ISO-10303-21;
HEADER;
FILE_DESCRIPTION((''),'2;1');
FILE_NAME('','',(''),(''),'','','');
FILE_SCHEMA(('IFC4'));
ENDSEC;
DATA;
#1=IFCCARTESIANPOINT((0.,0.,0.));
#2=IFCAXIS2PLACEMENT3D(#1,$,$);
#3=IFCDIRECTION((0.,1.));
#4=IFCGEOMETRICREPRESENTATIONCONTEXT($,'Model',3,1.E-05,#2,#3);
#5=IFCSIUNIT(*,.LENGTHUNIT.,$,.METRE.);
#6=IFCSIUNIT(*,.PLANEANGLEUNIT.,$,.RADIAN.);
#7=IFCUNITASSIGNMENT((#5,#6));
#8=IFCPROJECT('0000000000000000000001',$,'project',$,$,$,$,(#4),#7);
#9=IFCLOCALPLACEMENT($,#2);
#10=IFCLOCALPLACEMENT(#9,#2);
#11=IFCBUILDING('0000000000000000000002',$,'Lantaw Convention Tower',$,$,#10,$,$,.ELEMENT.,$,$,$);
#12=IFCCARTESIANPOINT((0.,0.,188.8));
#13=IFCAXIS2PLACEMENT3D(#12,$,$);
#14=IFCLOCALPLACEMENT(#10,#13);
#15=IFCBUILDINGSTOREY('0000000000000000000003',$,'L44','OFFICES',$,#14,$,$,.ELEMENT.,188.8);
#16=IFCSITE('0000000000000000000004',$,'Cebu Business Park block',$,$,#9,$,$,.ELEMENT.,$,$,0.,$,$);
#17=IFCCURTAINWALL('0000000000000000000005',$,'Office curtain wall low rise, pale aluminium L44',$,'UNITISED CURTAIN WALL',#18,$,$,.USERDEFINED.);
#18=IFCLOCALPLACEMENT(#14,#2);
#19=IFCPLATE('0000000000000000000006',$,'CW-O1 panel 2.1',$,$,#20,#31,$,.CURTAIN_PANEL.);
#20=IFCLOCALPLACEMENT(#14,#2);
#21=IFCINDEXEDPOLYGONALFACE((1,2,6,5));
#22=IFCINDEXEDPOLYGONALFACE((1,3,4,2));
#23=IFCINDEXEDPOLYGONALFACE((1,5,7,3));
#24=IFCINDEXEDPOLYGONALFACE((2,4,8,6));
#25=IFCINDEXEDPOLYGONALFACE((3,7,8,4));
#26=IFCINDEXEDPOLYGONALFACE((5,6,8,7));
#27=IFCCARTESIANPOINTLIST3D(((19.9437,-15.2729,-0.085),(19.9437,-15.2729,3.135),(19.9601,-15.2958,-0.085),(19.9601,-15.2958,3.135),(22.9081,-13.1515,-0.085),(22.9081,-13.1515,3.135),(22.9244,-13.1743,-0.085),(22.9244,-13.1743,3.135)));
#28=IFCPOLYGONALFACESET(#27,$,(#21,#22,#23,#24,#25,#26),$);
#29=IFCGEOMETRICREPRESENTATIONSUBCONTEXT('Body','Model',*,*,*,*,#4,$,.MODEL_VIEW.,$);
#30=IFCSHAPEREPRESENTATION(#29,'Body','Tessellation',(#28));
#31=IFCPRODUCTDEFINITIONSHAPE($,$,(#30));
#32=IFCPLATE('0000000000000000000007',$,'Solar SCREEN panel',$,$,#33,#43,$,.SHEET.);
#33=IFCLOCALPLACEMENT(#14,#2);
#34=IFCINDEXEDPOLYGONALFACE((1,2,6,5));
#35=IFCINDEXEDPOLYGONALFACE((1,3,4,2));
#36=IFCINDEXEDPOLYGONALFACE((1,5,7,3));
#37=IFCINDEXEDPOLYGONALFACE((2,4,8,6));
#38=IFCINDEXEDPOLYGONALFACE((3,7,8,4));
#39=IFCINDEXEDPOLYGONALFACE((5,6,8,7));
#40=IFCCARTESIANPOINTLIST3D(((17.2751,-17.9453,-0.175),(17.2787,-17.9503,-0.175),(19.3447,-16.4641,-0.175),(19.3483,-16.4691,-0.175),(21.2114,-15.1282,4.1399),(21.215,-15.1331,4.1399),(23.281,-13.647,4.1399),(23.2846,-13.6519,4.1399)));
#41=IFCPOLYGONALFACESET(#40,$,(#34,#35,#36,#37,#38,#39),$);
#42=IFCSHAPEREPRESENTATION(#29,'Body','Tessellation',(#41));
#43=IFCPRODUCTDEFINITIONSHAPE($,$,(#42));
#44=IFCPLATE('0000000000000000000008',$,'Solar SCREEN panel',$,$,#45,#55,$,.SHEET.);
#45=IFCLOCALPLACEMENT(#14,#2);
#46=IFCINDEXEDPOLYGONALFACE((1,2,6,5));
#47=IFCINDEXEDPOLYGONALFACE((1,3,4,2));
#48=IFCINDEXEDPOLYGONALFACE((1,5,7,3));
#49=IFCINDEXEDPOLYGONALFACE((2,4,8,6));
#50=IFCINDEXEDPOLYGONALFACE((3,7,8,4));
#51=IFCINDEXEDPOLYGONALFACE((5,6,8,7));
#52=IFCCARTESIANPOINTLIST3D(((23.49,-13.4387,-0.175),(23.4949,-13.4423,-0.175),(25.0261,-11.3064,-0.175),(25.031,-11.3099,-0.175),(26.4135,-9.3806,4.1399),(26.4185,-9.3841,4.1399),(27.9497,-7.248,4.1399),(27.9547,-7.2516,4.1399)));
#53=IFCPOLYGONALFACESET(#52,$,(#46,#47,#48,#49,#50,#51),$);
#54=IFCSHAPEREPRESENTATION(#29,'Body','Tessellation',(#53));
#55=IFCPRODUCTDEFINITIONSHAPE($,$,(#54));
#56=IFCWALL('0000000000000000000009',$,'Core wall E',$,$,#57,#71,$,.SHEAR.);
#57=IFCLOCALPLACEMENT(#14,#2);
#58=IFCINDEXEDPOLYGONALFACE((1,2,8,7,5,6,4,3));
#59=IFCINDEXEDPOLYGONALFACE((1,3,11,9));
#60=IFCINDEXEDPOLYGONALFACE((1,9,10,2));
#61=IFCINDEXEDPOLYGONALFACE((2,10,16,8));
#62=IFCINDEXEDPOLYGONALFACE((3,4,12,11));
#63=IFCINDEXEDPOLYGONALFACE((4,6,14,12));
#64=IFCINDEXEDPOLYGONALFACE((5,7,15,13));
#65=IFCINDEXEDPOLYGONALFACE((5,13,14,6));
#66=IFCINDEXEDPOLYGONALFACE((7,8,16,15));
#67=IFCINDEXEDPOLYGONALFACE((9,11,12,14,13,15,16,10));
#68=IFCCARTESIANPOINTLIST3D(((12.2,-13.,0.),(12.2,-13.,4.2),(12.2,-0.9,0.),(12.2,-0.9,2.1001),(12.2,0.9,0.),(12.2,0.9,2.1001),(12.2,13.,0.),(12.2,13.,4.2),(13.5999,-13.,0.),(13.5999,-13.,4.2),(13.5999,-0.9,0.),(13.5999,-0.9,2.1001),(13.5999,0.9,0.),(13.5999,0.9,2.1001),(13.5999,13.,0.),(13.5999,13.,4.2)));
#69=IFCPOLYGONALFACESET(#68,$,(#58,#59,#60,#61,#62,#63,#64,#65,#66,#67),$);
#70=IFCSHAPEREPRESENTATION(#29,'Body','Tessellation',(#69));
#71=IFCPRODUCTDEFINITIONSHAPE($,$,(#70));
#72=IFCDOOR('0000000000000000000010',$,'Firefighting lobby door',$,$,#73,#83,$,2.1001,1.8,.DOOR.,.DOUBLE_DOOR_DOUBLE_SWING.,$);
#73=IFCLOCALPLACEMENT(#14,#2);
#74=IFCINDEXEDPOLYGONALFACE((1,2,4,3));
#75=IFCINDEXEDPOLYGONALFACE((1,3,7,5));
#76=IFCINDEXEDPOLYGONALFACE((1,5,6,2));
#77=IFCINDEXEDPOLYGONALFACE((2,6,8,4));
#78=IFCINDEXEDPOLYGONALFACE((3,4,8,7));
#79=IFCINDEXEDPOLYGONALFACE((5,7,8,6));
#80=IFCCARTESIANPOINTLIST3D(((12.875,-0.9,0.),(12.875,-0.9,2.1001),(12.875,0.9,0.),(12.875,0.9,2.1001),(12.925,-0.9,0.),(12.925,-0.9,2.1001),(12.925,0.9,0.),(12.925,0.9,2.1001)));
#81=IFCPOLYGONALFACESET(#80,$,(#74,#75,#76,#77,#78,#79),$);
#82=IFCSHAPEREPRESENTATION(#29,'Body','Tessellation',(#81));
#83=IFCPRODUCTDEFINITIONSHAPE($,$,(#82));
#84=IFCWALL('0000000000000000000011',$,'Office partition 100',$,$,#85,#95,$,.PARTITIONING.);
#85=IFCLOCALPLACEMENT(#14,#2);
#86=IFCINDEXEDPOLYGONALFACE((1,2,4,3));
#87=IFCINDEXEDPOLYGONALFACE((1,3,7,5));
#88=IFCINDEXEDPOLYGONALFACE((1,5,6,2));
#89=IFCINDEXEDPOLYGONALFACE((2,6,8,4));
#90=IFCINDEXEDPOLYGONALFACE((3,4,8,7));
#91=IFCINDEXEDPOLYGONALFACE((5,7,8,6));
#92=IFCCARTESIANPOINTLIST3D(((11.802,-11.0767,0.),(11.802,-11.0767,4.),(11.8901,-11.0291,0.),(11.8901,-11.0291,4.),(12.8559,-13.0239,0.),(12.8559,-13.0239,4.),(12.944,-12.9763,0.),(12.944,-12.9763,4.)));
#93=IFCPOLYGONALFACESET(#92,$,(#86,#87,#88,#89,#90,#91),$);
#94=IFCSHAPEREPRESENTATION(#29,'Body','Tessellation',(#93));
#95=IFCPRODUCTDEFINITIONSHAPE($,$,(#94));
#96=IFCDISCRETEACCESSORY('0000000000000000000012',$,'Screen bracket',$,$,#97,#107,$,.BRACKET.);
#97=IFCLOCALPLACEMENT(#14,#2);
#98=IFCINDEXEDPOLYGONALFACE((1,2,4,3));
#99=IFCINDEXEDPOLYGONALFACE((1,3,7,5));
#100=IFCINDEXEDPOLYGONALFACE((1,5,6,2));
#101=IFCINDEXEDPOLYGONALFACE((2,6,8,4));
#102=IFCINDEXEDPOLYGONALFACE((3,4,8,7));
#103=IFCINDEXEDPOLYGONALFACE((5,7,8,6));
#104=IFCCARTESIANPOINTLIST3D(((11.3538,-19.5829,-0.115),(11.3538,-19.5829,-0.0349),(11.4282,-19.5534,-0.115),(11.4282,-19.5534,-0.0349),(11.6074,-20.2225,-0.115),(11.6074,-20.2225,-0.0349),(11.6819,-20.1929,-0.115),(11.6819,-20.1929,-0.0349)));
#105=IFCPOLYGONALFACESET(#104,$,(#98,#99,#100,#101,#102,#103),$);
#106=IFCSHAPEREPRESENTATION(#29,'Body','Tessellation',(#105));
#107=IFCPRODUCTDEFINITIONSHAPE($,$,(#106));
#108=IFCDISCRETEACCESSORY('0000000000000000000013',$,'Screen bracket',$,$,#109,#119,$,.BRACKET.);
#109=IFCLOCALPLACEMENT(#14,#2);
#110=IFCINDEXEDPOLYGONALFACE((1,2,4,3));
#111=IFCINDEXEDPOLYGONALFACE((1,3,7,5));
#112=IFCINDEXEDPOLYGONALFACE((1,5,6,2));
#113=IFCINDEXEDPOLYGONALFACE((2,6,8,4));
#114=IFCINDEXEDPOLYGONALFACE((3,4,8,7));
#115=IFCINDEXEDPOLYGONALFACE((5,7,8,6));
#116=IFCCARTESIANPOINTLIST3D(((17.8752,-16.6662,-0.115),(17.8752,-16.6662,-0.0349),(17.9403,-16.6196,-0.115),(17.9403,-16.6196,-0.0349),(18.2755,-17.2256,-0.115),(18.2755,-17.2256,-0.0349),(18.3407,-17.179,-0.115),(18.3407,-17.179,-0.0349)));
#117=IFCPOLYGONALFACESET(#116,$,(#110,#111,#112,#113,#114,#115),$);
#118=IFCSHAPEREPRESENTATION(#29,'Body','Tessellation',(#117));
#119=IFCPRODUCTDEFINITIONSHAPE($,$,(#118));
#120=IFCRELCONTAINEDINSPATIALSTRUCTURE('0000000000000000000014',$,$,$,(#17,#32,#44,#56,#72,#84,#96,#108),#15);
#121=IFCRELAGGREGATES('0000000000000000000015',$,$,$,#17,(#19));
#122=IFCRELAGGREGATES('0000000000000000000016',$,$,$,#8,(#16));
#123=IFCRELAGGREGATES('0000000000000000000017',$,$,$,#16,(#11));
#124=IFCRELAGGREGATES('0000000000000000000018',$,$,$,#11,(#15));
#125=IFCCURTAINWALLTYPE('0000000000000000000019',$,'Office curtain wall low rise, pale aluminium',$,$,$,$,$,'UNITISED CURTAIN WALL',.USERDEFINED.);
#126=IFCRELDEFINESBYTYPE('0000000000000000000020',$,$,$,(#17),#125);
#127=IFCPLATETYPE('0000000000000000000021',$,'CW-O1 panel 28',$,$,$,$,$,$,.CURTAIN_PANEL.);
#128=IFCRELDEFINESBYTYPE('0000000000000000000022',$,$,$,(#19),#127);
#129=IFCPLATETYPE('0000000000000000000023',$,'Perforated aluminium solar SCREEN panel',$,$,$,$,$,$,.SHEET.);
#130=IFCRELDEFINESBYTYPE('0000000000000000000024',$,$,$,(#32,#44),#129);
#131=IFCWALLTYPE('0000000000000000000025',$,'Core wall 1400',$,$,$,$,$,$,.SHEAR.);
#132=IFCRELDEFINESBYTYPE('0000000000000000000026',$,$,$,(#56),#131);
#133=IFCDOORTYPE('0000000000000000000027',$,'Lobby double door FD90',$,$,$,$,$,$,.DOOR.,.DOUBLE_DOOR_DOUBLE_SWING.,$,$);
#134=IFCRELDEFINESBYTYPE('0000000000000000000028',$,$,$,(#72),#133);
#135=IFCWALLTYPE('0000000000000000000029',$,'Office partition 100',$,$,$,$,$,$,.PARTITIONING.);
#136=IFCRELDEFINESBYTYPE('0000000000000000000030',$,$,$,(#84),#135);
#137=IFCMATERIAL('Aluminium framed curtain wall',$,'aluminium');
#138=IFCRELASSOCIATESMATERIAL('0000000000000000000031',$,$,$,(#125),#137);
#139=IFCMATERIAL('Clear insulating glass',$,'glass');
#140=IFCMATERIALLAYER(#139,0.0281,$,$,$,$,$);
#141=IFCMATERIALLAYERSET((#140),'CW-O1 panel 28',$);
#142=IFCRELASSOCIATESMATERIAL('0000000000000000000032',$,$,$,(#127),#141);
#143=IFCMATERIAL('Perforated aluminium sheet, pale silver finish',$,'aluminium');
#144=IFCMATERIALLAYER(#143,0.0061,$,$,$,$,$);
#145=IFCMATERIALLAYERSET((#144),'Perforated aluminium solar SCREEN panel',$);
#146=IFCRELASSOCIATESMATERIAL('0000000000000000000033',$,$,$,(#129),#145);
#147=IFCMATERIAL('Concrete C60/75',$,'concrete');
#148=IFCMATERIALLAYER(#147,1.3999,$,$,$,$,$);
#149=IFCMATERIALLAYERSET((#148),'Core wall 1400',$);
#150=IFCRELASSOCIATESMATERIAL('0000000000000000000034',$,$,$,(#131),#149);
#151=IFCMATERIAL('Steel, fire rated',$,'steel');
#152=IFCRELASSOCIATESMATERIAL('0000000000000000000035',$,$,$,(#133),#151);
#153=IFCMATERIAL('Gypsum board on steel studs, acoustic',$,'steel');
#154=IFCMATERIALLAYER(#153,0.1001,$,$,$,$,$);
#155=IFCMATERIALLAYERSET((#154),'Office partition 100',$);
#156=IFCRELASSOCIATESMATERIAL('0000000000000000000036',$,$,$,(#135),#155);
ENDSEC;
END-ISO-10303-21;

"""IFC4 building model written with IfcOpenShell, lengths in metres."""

from ifc_helpers import new_model, si_unit, direction, frame, frame_2d, origin, origin_2d, place, context, subcontext, project, spatial, polyline, rectangle, outline, extrude, material, layer, layer_set, type_object, element, fill, aggregate, save


model = new_model("IFC4")

# Units and contexts
model_context = context("Model", 3, precision=1e-05, world=origin(), true_north=direction((0.0, 1.0)))
body_context = subcontext(model_context, "Body", "Model", "MODEL_VIEW")
ifc_project = project(units=[si_unit("LENGTHUNIT", "METRE"), si_unit("PLANEANGLEUNIT", "RADIAN")], contexts=[model_context])

# Site, building, storey
site_placement = place(None, origin())
site = spatial("IfcSite", under=ifc_project, at=site_placement, Name="Cebu Business Park block", CompositionType="ELEMENT", RefElevation=0.0)
building_placement = place(site_placement, origin())
building = spatial("IfcBuilding", under=site, at=building_placement, Name="Lantaw Convention Tower", CompositionType="ELEMENT")
storey_placement = place(building_placement, frame((0.0, 0.0, 188.8)))
storey = spatial("IfcBuildingStorey", under=building, at=storey_placement, Name="L44", Description="OFFICES", CompositionType="ELEMENT", Elevation=188.8)

# Shared definitions
ifc_material_1 = material(Name="Concrete C60/75", Category="concrete")

# Curtain wall
ifc_material_2 = material(Name="Aluminium framed curtain wall", Category="aluminium")
curtain_wall_type = type_object("IfcCurtainWallType", Name="Office curtain wall low rise, pale aluminium", ElementType="UNITISED CURTAIN WALL", PredefinedType="USERDEFINED", material=ifc_material_2)
curtain_wall_1_placement = place(storey_placement, origin())
curtain_wall_1 = element("IfcCurtainWall", 1, at=curtain_wall_1_placement, inside=storey, type_object=curtain_wall_type, Name="Office curtain wall low rise, pale aluminium L44", ObjectType="UNITISED CURTAIN WALL", PredefinedType="USERDEFINED")

# Plate
ifc_material_3 = material(Name="Clear insulating glass", Category="glass")
ifc_layer_1 = layer(ifc_material_3, 0.0281)
ifc_layer_set_1 = layer_set([ifc_layer_1], Name="CW-O1 panel 28")
plate_type_1 = type_object("IfcPlateType", Name="CW-O1 panel 28", PredefinedType="CURTAIN_PANEL", material=ifc_layer_set_1)
plate_1_placement = place(storey_placement, frame((21.4341, -14.2236, -0.085), z_axis=(0.0, 0.0, 1.0), x_axis=(0.813208, 0.581973, 0.0)))
plate_1 = element("IfcPlate", 2, at=plate_1_placement, type_object=plate_type_1, Name="CW-O1 panel 2.1", PredefinedType="CURTAIN_PANEL", context=body_context, shape_type="SweptSolid", body=[
    extrude(rectangle(XDim=3.6453, YDim=0.0281, at=origin_2d()), origin(), (0.0, 0.0, 1.0), 3.22),
])
aggregate(curtain_wall_1, [plate_1])

# Plates
ifc_material_4 = material(Name="Perforated aluminium sheet, pale silver finish", Category="aluminium")
ifc_layer_2 = layer(ifc_material_4, 0.0061)
ifc_layer_set_2 = layer_set([ifc_layer_2], Name="Perforated aluminium solar SCREEN panel")
plate_type_2 = type_object("IfcPlateType", Name="Perforated aluminium solar SCREEN panel", PredefinedType="SHEET", material=ifc_layer_set_2)
plate_2_placement = place(storey_placement, frame((17.2751, -17.9453, -0.175), z_axis=(-0.582, 0.813189, 0.000012), x_axis=(0.813189, 0.582, 0.0)))
element("IfcPlate", 3, at=plate_2_placement, inside=storey, type_object=plate_type_2, Name="Solar SCREEN panel", PredefinedType="SHEET", context=body_context, shape_type="SweptSolid", body=[
    extrude(outline(polyline([(0.0, 0.0), (2.545, 0.0), (7.3855, -4.3149), (4.8405, -4.3149), (0.0, 0.0)])), origin(), (0.0, 0.0, -1.0), 0.0061),
])
plate_3_placement = place(storey_placement, frame((23.49, -13.4387, -0.175), z_axis=(-0.811395, 0.584498, 0.000036), x_axis=(0.584498, 0.811395, 0.0)))
element("IfcPlate", 4, at=plate_3_placement, inside=storey, type_object=plate_type_2, Name="Solar SCREEN panel", PredefinedType="SHEET", context=body_context, shape_type="SweptSolid", body=[
    extrude(outline(polyline([(0.0, 0.0), (2.628, 0.0), (7.6298, -4.3149), (5.0016, -4.3149), (0.0, 0.0)])), origin(), (0.0, 0.0, -1.0), 0.0061),
])

# Wall, opening, door
ifc_layer_3 = layer(ifc_material_1, 1.3999)
ifc_layer_set_3 = layer_set([ifc_layer_3], Name="Core wall 1400")
wall_type_1 = type_object("IfcWallType", Name="Core wall 1400", PredefinedType="SHEAR", material=ifc_layer_set_3)
wall_1_placement = place(storey_placement, frame((12.8999, -13.0, 0.0), z_axis=(0.0, 0.0, 1.0), x_axis=(0.0, 1.0, 0.0)))
wall_1 = element("IfcWall", 5, at=wall_1_placement, inside=storey, type_object=wall_type_1, Name="Core wall E", PredefinedType="SHEAR", context=body_context, shape_type="SweptSolid", body=[
    extrude(rectangle(XDim=26.0, YDim=1.3999, at=frame_2d((13.0, 0.0))), origin(), (0.0, 0.0, 1.0), 4.2),
])
opening_placement = place(wall_1_placement, frame((12.1001, 0.0, 0.0)))
opening = element("IfcOpeningElement", 6, at=opening_placement, cuts=wall_1, PredefinedType="OPENING", context=body_context, shape_type="SweptSolid", body=[
    extrude(rectangle(XDim=1.8, YDim=2.1001, at=frame_2d((0.8999, 1.05))), frame((0.0, 0.71, 0.0), z_axis=(0.0, -1.0, 0.0), x_axis=(1.0, 0.0, 0.0)), (0.0, 0.0, 1.0), 1.4199),
])
ifc_material_5 = material(Name="Steel, fire rated", Category="steel")
door_type = type_object("IfcDoorType", Name="Lobby double door FD90", OperationType="DOUBLE_DOOR_DOUBLE_SWING", PredefinedType="DOOR", material=ifc_material_5)
door_placement = place(opening_placement, origin())
door = element("IfcDoor", 7, at=door_placement, inside=storey, type_object=door_type, Name="Firefighting lobby door", OperationType="DOUBLE_DOOR_DOUBLE_SWING", OverallHeight=2.1001, OverallWidth=1.8, PredefinedType="DOOR", context=body_context, shape_type="SweptSolid", body=[
    extrude(rectangle(XDim=1.8, YDim=2.1001, at=frame_2d((0.8999, 1.05))), frame((0.0, 0.0249, 0.0), z_axis=(0.0, -1.0, 0.0), x_axis=(1.0, 0.0, 0.0)), (0.0, 0.0, 1.0), 0.05),
])
fill(opening, door)

# Wall
ifc_material_6 = material(Name="Gypsum board on steel studs, acoustic", Category="steel")
ifc_layer_4 = layer(ifc_material_6, 0.1001)
ifc_layer_set_4 = layer_set([ifc_layer_4], Name="Office partition 100")
wall_type_2 = type_object("IfcWallType", Name="Office partition 100", PredefinedType="PARTITIONING", material=ifc_layer_set_4)
wall_2_placement = place(storey_placement, frame((12.8999, -13.0, 0.0), z_axis=(0.0, 0.0, 1.0), x_axis=(-0.475999, 0.879446, 0.0)))
element("IfcWall", 8, at=wall_2_placement, inside=storey, type_object=wall_type_2, Name="Office partition 100", PredefinedType="PARTITIONING", context=body_context, shape_type="SweptSolid", body=[
    extrude(rectangle(XDim=2.2141, YDim=0.1001, at=frame_2d((1.1069, 0.0))), origin(), (0.0, 0.0, 1.0), 4.0),
])

# Discrete accessories
for number, where, z_axis, x_axis, name in (
    (9, (11.5178, -19.8879, -0.115), (0.0, 0.0, 1.0), (0.929548, 0.368702, 0.0), "Screen bracket"),
    (10, (18.1079, -16.9226, -0.115), (0.0, 0.0, 1.0), (0.813208, 0.581973, 0.0), "Screen bracket"),
):
    element("IfcDiscreteAccessory", number, at=place(storey_placement, frame(where, z_axis=z_axis, x_axis=x_axis)), inside=storey, Name=name, PredefinedType="BRACKET", context=body_context, shape_type="SweptSolid", body=[
        extrude(rectangle(XDim=0.0801, YDim=0.688, at=origin_2d()), origin(), (0.0, 0.0, 1.0), 0.0801),
    ])

save(model, "model.ifc")
